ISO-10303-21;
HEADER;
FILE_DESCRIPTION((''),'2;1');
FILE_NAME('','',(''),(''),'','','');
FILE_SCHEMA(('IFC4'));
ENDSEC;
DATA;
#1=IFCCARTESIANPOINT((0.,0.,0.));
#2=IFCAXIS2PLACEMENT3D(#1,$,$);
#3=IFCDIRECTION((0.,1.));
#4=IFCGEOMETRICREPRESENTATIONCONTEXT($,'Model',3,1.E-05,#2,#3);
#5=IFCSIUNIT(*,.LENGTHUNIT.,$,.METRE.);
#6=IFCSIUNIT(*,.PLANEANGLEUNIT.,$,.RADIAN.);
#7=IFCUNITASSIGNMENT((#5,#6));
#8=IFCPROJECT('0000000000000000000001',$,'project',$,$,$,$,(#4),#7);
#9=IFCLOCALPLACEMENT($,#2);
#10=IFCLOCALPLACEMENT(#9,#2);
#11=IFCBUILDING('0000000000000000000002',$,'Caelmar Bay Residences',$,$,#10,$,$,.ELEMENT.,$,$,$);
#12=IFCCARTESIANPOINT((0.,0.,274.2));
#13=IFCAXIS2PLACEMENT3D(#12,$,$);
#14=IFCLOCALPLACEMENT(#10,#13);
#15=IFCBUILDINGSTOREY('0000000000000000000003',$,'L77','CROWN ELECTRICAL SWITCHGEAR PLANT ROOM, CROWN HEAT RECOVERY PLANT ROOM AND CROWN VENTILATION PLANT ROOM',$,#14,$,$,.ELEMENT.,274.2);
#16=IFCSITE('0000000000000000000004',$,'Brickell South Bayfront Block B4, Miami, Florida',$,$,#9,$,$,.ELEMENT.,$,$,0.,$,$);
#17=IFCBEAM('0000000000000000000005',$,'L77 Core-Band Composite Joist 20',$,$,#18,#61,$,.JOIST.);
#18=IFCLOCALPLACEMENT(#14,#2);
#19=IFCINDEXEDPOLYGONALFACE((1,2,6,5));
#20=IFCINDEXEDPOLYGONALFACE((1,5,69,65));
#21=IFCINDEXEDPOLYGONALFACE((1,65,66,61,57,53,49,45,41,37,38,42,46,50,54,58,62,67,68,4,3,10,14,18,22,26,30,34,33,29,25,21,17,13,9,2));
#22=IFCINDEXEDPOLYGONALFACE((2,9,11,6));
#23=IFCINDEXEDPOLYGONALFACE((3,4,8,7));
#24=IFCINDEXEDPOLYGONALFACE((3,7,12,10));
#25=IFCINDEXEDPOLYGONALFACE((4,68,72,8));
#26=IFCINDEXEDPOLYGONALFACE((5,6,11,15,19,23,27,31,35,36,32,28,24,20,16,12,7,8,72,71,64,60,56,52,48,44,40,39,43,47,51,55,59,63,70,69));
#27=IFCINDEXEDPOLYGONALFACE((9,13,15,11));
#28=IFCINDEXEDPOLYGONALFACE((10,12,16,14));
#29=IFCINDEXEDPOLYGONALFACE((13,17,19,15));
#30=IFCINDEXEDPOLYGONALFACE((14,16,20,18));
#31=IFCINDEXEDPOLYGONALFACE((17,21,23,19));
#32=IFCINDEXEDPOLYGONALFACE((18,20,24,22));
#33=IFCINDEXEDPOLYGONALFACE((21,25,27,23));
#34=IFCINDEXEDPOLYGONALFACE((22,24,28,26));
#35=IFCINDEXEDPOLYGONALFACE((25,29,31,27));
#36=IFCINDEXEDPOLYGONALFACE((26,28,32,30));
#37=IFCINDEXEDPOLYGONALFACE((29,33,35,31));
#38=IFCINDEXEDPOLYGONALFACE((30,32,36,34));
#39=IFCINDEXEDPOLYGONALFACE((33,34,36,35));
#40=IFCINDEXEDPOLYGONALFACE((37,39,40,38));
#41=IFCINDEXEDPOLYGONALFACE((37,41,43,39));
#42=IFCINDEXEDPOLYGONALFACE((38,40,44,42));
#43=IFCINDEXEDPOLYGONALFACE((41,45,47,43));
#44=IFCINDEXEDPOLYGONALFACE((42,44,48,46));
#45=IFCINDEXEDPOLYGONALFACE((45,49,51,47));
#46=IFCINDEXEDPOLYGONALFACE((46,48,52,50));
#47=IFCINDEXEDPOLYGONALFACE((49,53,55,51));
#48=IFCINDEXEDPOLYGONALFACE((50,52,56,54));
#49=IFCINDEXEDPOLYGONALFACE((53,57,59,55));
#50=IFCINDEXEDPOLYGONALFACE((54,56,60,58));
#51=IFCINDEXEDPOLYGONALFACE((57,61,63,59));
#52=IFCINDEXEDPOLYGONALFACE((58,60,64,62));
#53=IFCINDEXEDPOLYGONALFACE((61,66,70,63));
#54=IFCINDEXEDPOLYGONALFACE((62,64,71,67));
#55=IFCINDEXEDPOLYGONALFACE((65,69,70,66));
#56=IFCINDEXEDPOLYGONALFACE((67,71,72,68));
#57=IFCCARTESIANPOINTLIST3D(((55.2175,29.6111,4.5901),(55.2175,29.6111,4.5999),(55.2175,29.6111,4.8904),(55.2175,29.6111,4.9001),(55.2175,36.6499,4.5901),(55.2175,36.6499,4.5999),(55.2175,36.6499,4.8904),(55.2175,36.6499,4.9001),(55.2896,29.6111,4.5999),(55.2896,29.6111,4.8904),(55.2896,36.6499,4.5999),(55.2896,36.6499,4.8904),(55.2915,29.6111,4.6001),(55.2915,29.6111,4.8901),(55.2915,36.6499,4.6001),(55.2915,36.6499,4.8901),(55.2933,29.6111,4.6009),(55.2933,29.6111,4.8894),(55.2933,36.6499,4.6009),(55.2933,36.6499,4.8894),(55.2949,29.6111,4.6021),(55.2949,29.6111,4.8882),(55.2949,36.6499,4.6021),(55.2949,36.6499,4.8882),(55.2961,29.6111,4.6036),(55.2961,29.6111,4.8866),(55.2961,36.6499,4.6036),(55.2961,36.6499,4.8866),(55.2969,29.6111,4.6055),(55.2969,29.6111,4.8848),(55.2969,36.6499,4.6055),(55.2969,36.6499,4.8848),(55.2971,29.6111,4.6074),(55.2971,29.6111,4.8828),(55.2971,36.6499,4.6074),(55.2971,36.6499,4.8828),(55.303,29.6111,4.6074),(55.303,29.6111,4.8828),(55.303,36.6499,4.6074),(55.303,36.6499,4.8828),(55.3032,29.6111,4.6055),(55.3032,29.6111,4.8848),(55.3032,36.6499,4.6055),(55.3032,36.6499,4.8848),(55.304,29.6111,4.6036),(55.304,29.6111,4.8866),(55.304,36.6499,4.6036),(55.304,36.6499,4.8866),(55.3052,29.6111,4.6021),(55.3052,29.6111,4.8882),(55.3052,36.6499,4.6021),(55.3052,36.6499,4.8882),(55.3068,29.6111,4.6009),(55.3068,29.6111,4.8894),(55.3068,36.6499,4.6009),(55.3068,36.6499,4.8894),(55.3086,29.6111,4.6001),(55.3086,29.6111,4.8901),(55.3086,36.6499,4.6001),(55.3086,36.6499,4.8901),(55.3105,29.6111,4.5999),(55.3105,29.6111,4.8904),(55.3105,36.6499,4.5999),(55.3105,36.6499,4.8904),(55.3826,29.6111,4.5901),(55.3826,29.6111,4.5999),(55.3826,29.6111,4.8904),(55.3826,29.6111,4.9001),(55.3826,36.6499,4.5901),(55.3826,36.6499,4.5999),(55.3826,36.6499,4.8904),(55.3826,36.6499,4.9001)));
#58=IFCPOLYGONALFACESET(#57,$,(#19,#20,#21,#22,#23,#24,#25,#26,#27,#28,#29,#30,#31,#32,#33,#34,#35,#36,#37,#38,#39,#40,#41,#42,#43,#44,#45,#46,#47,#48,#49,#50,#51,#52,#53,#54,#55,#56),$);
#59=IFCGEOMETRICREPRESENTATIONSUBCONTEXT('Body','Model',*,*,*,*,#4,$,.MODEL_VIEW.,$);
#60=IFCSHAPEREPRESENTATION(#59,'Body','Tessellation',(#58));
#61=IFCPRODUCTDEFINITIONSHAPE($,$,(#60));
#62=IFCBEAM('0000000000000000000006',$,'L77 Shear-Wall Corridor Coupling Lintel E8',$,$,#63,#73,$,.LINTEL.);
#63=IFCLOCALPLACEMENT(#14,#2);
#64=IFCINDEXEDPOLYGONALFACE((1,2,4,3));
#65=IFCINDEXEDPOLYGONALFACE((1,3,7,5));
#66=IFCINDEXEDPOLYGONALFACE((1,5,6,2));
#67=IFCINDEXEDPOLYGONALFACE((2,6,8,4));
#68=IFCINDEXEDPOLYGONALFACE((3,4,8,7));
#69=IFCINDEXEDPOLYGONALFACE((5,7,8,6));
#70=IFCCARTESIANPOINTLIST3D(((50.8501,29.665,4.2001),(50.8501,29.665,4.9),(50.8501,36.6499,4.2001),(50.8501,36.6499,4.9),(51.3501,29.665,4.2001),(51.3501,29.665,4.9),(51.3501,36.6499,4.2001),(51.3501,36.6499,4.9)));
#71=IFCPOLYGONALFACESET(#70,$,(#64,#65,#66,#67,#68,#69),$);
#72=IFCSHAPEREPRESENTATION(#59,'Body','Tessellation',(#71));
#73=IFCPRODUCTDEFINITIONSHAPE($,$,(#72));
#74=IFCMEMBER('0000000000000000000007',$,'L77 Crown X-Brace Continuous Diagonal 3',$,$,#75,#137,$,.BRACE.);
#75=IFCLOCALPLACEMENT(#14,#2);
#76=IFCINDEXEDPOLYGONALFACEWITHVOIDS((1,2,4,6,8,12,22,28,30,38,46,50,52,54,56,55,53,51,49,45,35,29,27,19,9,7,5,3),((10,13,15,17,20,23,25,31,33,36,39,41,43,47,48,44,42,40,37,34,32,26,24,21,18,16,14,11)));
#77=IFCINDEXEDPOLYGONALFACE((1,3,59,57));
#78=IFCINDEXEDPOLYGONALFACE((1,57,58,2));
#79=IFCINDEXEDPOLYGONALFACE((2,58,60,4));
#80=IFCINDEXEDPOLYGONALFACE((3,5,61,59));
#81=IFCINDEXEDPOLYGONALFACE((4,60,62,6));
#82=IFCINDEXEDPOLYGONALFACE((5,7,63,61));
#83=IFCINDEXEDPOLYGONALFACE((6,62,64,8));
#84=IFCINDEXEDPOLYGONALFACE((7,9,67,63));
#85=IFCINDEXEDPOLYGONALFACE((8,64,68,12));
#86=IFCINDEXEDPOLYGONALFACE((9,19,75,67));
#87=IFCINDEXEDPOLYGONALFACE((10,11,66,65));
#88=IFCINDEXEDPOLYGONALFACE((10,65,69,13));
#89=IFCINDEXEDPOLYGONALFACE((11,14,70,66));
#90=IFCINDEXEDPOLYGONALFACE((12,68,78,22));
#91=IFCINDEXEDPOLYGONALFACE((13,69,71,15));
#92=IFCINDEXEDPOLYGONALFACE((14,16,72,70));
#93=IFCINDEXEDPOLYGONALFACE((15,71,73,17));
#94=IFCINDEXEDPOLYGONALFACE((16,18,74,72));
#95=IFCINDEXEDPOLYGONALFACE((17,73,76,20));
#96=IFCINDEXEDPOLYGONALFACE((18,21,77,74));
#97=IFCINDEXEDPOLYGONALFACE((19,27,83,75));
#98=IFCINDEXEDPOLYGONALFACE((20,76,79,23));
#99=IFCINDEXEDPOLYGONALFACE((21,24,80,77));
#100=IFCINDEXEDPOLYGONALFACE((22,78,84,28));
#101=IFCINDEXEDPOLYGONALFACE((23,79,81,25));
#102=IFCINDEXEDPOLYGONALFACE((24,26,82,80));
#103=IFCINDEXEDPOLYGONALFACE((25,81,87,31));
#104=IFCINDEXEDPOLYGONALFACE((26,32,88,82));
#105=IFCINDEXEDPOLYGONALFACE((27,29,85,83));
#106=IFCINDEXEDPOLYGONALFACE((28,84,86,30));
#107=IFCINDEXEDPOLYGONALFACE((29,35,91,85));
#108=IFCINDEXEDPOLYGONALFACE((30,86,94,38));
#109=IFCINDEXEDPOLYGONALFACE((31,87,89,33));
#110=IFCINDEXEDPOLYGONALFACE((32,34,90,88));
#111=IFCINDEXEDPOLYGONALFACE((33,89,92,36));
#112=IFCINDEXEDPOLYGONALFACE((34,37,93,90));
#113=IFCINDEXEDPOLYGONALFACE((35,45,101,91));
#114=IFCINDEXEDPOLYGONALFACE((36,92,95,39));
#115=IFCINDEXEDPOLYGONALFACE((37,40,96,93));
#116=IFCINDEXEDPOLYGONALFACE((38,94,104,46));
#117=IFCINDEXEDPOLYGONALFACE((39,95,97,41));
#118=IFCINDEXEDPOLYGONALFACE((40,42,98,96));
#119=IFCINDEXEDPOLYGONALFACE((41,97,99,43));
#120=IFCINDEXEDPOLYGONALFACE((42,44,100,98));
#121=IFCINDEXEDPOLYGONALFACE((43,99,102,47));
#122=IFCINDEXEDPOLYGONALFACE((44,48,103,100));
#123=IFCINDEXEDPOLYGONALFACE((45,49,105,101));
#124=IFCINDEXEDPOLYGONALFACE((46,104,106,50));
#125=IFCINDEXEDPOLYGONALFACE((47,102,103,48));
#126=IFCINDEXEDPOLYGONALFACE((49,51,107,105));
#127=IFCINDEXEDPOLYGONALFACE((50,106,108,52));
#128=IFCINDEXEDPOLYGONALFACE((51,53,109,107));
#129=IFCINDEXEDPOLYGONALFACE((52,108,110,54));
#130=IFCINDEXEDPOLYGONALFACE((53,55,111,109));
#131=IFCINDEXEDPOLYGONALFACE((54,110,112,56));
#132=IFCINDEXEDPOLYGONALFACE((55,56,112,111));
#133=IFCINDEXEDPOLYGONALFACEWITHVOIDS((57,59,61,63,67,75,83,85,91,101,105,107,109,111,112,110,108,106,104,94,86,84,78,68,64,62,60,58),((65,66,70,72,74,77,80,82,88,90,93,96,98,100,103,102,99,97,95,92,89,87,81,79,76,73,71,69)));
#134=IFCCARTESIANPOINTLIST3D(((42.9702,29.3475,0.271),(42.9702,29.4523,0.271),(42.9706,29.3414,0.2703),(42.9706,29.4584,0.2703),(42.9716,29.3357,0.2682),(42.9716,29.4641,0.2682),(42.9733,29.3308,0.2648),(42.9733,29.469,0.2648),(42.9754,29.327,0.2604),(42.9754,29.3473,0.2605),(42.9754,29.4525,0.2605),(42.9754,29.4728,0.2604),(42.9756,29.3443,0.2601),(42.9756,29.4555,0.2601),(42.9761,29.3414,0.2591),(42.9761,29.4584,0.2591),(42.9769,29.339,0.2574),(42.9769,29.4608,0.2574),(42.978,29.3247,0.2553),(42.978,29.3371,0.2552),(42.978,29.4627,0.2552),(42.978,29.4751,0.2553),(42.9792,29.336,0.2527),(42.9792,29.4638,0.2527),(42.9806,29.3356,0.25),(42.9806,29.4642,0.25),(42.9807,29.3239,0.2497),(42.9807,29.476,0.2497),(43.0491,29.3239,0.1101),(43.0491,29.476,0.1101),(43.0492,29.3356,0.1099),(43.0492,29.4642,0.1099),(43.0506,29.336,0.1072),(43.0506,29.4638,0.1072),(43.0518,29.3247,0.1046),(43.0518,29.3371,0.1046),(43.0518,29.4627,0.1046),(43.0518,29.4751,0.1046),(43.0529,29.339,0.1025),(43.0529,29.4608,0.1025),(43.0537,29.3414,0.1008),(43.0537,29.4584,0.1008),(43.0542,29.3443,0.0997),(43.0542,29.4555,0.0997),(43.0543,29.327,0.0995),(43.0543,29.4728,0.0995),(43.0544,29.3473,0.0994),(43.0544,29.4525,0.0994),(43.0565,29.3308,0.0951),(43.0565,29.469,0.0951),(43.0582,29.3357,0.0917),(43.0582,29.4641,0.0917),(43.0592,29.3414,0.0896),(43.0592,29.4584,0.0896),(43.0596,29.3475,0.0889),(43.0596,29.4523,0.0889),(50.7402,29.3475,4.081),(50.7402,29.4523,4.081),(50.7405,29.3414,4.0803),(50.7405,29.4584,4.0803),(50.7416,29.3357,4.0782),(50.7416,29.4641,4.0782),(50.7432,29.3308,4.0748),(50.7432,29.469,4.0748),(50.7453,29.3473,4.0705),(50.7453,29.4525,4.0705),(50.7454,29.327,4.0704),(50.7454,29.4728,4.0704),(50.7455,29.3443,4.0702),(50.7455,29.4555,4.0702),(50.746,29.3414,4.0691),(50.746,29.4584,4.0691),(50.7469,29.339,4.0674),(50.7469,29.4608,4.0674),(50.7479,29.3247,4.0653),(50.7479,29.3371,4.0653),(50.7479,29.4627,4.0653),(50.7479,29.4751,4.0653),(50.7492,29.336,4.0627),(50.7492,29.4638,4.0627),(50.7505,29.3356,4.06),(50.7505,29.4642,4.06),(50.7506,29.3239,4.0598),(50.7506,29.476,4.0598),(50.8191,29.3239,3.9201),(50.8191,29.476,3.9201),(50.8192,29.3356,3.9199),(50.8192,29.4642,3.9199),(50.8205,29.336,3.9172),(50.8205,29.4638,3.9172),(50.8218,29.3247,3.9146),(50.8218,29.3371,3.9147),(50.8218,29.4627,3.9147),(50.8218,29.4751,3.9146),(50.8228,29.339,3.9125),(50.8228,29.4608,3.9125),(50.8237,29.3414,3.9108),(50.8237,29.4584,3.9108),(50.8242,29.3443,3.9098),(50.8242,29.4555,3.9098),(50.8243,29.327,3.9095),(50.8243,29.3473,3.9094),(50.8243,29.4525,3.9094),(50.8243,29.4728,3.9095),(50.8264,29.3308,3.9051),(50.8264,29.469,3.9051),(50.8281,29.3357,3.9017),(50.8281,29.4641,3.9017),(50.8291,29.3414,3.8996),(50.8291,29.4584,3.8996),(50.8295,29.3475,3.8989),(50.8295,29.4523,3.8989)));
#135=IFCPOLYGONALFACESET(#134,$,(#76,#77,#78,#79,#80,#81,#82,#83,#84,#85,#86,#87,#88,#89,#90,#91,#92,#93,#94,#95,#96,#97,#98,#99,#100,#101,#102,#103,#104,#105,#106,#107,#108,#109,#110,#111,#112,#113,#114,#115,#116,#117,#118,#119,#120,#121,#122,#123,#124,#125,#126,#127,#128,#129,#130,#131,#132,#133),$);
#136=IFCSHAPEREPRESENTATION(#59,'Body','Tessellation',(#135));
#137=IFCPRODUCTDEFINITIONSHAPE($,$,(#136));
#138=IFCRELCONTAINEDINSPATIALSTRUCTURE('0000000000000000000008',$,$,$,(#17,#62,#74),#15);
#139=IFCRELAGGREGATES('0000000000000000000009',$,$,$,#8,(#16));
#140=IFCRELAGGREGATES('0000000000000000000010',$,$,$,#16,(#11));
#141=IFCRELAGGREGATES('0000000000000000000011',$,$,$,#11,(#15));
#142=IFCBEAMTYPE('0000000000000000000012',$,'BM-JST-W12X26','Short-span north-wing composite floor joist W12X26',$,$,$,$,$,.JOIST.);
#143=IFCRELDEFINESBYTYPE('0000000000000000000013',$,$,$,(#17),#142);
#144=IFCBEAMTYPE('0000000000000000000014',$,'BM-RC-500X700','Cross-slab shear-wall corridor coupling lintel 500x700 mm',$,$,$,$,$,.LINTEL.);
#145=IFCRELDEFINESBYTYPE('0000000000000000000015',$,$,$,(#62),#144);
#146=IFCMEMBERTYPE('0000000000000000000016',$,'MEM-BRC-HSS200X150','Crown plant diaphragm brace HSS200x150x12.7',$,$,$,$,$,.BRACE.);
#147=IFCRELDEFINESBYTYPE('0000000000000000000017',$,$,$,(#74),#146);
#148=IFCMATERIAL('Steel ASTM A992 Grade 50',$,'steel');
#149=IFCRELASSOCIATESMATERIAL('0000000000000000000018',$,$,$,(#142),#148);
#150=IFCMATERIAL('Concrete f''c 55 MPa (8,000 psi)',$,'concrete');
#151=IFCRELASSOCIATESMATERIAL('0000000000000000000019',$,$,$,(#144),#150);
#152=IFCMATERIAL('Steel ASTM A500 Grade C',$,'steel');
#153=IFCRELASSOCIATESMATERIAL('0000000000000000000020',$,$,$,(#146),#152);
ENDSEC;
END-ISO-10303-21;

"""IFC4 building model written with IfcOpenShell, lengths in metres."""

from ifc_helpers import new_model, si_unit, direction, frame, origin, origin_2d, place, context, subcontext, project, spatial, rectangle, hollow_rectangle, i_section, extrude, material, material_profile, profile_set, type_object, element, save


model = new_model("IFC4")

# Units and contexts
model_context = context("Model", 3, precision=1e-05, world=origin(), true_north=direction((0.0, 1.0)))
body_context = subcontext(model_context, "Body", "Model", "MODEL_VIEW")
ifc_project = project(units=[si_unit("LENGTHUNIT", "METRE"), si_unit("PLANEANGLEUNIT", "RADIAN")], contexts=[model_context])

# Site, building, storey
site_placement = place(None, origin())
site = spatial("IfcSite", under=ifc_project, at=site_placement, Name="Brickell South Bayfront Block B4, Miami, Florida", CompositionType="ELEMENT", RefElevation=0.0)
building_placement = place(site_placement, origin())
building = spatial("IfcBuilding", under=site, at=building_placement, Name="Caelmar Bay Residences", CompositionType="ELEMENT")
storey_placement = place(building_placement, frame((0.0, 0.0, 274.2)))
storey = spatial("IfcBuildingStorey", under=building, at=storey_placement, Name="L77", Description="CROWN ELECTRICAL SWITCHGEAR PLANT ROOM, CROWN HEAT RECOVERY PLANT ROOM AND CROWN VENTILATION PLANT ROOM", CompositionType="ELEMENT", Elevation=274.2)

# Shared definitions
ifc_material_1 = material(Name="Concrete f'c 55 MPa (8,000 psi)", Category="concrete")

# Beams
ifc_material_2 = material(Name="Steel ASTM A992 Grade 50", Category="steel")
ifc_material_profile_1 = material_profile(ifc_material_2, i_section(OverallWidth=0.165, OverallDepth=0.3101, WebThickness=0.0059, FlangeThickness=0.0098, FilletRadius=0.0076, at=origin_2d()), Name="W12X26")
ifc_profile_set_1 = profile_set([ifc_material_profile_1], Name="Steel ASTM A992 Grade 50")
beam_type_1 = type_object("IfcBeamType", Name="BM-JST-W12X26", Description="Short-span north-wing composite floor joist W12X26", PredefinedType="JOIST", material=ifc_profile_set_1)
for number, where, z_axis, x_axis, name in (
    (1, (55.3, 29.6111, 4.7451), (0.0, 1.0, 0.0), (-1.0, 0.0, 0.0), "L77 Core-Band Composite Joist 20"),
):
    element("IfcBeam", number, at=place(storey_placement, frame(where, z_axis=z_axis, x_axis=x_axis)), inside=storey, type_object=beam_type_1, Name=name, PredefinedType="JOIST", context=body_context, shape_type="SweptSolid", body=[
        extrude(i_section(OverallWidth=0.165, OverallDepth=0.3101, WebThickness=0.0059, FlangeThickness=0.0098, FilletRadius=0.0076, at=origin_2d()), origin(), (0.0, 0.0, 1.0), 7.0388),
    ])
ifc_material_profile_2 = material_profile(ifc_material_1, rectangle(XDim=0.5, YDim=0.7, at=origin_2d()), Name="RC-BM-500X700")
ifc_profile_set_2 = profile_set([ifc_material_profile_2], Name="Concrete f'c 55 MPa (8,000 psi)")
beam_type_2 = type_object("IfcBeamType", Name="BM-RC-500X700", Description="Cross-slab shear-wall corridor coupling lintel 500x700 mm", PredefinedType="LINTEL", material=ifc_profile_set_2)
beam_1_placement = place(storey_placement, frame((51.1001, 29.665, 4.55), z_axis=(0.0, 1.0, 0.0), x_axis=(-1.0, 0.0, 0.0)))
element("IfcBeam", 2, at=beam_1_placement, inside=storey, type_object=beam_type_2, Name="L77 Shear-Wall Corridor Coupling Lintel E8", PredefinedType="LINTEL", context=body_context, shape_type="SweptSolid", body=[
    extrude(rectangle(XDim=0.5, YDim=0.7, at=origin_2d()), origin(), (0.0, 0.0, 1.0), 6.9849),
])

# Member
ifc_material_3 = material(Name="Steel ASTM A500 Grade C", Category="steel")
ifc_material_profile_3 = material_profile(ifc_material_3, hollow_rectangle(XDim=0.1521, YDim=0.2029, WallThickness=0.0117, InnerFilletRadius=0.0117, OuterFilletRadius=0.0237, at=origin_2d()), Name="HSS200X150X12.7")
ifc_profile_set_3 = profile_set([ifc_material_profile_3], Name="Steel ASTM A500 Grade C")
member_type = type_object("IfcMemberType", Name="MEM-BRC-HSS200X150", Description="Crown plant diaphragm brace HSS200x150x12.7", PredefinedType="BRACE", material=ifc_profile_set_3)
member_1_placement = place(storey_placement, frame((43.0149, 29.3999, 0.1799), z_axis=(0.897865, 0.0, 0.440271), x_axis=(0.0, 1.0, 0.0)))
element("IfcMember", 3, at=member_1_placement, inside=storey, type_object=member_type, Name="L77 Crown X-Brace Continuous Diagonal 3", PredefinedType="BRACE", context=body_context, shape_type="SweptSolid", body=[
    extrude(hollow_rectangle(XDim=0.1521, YDim=0.2029, WallThickness=0.0117, InnerFilletRadius=0.0117, OuterFilletRadius=0.0237, at=origin_2d()), origin(), (0.0, 0.0, 1.0), 8.6538),
])

save(model, "model.ifc")
